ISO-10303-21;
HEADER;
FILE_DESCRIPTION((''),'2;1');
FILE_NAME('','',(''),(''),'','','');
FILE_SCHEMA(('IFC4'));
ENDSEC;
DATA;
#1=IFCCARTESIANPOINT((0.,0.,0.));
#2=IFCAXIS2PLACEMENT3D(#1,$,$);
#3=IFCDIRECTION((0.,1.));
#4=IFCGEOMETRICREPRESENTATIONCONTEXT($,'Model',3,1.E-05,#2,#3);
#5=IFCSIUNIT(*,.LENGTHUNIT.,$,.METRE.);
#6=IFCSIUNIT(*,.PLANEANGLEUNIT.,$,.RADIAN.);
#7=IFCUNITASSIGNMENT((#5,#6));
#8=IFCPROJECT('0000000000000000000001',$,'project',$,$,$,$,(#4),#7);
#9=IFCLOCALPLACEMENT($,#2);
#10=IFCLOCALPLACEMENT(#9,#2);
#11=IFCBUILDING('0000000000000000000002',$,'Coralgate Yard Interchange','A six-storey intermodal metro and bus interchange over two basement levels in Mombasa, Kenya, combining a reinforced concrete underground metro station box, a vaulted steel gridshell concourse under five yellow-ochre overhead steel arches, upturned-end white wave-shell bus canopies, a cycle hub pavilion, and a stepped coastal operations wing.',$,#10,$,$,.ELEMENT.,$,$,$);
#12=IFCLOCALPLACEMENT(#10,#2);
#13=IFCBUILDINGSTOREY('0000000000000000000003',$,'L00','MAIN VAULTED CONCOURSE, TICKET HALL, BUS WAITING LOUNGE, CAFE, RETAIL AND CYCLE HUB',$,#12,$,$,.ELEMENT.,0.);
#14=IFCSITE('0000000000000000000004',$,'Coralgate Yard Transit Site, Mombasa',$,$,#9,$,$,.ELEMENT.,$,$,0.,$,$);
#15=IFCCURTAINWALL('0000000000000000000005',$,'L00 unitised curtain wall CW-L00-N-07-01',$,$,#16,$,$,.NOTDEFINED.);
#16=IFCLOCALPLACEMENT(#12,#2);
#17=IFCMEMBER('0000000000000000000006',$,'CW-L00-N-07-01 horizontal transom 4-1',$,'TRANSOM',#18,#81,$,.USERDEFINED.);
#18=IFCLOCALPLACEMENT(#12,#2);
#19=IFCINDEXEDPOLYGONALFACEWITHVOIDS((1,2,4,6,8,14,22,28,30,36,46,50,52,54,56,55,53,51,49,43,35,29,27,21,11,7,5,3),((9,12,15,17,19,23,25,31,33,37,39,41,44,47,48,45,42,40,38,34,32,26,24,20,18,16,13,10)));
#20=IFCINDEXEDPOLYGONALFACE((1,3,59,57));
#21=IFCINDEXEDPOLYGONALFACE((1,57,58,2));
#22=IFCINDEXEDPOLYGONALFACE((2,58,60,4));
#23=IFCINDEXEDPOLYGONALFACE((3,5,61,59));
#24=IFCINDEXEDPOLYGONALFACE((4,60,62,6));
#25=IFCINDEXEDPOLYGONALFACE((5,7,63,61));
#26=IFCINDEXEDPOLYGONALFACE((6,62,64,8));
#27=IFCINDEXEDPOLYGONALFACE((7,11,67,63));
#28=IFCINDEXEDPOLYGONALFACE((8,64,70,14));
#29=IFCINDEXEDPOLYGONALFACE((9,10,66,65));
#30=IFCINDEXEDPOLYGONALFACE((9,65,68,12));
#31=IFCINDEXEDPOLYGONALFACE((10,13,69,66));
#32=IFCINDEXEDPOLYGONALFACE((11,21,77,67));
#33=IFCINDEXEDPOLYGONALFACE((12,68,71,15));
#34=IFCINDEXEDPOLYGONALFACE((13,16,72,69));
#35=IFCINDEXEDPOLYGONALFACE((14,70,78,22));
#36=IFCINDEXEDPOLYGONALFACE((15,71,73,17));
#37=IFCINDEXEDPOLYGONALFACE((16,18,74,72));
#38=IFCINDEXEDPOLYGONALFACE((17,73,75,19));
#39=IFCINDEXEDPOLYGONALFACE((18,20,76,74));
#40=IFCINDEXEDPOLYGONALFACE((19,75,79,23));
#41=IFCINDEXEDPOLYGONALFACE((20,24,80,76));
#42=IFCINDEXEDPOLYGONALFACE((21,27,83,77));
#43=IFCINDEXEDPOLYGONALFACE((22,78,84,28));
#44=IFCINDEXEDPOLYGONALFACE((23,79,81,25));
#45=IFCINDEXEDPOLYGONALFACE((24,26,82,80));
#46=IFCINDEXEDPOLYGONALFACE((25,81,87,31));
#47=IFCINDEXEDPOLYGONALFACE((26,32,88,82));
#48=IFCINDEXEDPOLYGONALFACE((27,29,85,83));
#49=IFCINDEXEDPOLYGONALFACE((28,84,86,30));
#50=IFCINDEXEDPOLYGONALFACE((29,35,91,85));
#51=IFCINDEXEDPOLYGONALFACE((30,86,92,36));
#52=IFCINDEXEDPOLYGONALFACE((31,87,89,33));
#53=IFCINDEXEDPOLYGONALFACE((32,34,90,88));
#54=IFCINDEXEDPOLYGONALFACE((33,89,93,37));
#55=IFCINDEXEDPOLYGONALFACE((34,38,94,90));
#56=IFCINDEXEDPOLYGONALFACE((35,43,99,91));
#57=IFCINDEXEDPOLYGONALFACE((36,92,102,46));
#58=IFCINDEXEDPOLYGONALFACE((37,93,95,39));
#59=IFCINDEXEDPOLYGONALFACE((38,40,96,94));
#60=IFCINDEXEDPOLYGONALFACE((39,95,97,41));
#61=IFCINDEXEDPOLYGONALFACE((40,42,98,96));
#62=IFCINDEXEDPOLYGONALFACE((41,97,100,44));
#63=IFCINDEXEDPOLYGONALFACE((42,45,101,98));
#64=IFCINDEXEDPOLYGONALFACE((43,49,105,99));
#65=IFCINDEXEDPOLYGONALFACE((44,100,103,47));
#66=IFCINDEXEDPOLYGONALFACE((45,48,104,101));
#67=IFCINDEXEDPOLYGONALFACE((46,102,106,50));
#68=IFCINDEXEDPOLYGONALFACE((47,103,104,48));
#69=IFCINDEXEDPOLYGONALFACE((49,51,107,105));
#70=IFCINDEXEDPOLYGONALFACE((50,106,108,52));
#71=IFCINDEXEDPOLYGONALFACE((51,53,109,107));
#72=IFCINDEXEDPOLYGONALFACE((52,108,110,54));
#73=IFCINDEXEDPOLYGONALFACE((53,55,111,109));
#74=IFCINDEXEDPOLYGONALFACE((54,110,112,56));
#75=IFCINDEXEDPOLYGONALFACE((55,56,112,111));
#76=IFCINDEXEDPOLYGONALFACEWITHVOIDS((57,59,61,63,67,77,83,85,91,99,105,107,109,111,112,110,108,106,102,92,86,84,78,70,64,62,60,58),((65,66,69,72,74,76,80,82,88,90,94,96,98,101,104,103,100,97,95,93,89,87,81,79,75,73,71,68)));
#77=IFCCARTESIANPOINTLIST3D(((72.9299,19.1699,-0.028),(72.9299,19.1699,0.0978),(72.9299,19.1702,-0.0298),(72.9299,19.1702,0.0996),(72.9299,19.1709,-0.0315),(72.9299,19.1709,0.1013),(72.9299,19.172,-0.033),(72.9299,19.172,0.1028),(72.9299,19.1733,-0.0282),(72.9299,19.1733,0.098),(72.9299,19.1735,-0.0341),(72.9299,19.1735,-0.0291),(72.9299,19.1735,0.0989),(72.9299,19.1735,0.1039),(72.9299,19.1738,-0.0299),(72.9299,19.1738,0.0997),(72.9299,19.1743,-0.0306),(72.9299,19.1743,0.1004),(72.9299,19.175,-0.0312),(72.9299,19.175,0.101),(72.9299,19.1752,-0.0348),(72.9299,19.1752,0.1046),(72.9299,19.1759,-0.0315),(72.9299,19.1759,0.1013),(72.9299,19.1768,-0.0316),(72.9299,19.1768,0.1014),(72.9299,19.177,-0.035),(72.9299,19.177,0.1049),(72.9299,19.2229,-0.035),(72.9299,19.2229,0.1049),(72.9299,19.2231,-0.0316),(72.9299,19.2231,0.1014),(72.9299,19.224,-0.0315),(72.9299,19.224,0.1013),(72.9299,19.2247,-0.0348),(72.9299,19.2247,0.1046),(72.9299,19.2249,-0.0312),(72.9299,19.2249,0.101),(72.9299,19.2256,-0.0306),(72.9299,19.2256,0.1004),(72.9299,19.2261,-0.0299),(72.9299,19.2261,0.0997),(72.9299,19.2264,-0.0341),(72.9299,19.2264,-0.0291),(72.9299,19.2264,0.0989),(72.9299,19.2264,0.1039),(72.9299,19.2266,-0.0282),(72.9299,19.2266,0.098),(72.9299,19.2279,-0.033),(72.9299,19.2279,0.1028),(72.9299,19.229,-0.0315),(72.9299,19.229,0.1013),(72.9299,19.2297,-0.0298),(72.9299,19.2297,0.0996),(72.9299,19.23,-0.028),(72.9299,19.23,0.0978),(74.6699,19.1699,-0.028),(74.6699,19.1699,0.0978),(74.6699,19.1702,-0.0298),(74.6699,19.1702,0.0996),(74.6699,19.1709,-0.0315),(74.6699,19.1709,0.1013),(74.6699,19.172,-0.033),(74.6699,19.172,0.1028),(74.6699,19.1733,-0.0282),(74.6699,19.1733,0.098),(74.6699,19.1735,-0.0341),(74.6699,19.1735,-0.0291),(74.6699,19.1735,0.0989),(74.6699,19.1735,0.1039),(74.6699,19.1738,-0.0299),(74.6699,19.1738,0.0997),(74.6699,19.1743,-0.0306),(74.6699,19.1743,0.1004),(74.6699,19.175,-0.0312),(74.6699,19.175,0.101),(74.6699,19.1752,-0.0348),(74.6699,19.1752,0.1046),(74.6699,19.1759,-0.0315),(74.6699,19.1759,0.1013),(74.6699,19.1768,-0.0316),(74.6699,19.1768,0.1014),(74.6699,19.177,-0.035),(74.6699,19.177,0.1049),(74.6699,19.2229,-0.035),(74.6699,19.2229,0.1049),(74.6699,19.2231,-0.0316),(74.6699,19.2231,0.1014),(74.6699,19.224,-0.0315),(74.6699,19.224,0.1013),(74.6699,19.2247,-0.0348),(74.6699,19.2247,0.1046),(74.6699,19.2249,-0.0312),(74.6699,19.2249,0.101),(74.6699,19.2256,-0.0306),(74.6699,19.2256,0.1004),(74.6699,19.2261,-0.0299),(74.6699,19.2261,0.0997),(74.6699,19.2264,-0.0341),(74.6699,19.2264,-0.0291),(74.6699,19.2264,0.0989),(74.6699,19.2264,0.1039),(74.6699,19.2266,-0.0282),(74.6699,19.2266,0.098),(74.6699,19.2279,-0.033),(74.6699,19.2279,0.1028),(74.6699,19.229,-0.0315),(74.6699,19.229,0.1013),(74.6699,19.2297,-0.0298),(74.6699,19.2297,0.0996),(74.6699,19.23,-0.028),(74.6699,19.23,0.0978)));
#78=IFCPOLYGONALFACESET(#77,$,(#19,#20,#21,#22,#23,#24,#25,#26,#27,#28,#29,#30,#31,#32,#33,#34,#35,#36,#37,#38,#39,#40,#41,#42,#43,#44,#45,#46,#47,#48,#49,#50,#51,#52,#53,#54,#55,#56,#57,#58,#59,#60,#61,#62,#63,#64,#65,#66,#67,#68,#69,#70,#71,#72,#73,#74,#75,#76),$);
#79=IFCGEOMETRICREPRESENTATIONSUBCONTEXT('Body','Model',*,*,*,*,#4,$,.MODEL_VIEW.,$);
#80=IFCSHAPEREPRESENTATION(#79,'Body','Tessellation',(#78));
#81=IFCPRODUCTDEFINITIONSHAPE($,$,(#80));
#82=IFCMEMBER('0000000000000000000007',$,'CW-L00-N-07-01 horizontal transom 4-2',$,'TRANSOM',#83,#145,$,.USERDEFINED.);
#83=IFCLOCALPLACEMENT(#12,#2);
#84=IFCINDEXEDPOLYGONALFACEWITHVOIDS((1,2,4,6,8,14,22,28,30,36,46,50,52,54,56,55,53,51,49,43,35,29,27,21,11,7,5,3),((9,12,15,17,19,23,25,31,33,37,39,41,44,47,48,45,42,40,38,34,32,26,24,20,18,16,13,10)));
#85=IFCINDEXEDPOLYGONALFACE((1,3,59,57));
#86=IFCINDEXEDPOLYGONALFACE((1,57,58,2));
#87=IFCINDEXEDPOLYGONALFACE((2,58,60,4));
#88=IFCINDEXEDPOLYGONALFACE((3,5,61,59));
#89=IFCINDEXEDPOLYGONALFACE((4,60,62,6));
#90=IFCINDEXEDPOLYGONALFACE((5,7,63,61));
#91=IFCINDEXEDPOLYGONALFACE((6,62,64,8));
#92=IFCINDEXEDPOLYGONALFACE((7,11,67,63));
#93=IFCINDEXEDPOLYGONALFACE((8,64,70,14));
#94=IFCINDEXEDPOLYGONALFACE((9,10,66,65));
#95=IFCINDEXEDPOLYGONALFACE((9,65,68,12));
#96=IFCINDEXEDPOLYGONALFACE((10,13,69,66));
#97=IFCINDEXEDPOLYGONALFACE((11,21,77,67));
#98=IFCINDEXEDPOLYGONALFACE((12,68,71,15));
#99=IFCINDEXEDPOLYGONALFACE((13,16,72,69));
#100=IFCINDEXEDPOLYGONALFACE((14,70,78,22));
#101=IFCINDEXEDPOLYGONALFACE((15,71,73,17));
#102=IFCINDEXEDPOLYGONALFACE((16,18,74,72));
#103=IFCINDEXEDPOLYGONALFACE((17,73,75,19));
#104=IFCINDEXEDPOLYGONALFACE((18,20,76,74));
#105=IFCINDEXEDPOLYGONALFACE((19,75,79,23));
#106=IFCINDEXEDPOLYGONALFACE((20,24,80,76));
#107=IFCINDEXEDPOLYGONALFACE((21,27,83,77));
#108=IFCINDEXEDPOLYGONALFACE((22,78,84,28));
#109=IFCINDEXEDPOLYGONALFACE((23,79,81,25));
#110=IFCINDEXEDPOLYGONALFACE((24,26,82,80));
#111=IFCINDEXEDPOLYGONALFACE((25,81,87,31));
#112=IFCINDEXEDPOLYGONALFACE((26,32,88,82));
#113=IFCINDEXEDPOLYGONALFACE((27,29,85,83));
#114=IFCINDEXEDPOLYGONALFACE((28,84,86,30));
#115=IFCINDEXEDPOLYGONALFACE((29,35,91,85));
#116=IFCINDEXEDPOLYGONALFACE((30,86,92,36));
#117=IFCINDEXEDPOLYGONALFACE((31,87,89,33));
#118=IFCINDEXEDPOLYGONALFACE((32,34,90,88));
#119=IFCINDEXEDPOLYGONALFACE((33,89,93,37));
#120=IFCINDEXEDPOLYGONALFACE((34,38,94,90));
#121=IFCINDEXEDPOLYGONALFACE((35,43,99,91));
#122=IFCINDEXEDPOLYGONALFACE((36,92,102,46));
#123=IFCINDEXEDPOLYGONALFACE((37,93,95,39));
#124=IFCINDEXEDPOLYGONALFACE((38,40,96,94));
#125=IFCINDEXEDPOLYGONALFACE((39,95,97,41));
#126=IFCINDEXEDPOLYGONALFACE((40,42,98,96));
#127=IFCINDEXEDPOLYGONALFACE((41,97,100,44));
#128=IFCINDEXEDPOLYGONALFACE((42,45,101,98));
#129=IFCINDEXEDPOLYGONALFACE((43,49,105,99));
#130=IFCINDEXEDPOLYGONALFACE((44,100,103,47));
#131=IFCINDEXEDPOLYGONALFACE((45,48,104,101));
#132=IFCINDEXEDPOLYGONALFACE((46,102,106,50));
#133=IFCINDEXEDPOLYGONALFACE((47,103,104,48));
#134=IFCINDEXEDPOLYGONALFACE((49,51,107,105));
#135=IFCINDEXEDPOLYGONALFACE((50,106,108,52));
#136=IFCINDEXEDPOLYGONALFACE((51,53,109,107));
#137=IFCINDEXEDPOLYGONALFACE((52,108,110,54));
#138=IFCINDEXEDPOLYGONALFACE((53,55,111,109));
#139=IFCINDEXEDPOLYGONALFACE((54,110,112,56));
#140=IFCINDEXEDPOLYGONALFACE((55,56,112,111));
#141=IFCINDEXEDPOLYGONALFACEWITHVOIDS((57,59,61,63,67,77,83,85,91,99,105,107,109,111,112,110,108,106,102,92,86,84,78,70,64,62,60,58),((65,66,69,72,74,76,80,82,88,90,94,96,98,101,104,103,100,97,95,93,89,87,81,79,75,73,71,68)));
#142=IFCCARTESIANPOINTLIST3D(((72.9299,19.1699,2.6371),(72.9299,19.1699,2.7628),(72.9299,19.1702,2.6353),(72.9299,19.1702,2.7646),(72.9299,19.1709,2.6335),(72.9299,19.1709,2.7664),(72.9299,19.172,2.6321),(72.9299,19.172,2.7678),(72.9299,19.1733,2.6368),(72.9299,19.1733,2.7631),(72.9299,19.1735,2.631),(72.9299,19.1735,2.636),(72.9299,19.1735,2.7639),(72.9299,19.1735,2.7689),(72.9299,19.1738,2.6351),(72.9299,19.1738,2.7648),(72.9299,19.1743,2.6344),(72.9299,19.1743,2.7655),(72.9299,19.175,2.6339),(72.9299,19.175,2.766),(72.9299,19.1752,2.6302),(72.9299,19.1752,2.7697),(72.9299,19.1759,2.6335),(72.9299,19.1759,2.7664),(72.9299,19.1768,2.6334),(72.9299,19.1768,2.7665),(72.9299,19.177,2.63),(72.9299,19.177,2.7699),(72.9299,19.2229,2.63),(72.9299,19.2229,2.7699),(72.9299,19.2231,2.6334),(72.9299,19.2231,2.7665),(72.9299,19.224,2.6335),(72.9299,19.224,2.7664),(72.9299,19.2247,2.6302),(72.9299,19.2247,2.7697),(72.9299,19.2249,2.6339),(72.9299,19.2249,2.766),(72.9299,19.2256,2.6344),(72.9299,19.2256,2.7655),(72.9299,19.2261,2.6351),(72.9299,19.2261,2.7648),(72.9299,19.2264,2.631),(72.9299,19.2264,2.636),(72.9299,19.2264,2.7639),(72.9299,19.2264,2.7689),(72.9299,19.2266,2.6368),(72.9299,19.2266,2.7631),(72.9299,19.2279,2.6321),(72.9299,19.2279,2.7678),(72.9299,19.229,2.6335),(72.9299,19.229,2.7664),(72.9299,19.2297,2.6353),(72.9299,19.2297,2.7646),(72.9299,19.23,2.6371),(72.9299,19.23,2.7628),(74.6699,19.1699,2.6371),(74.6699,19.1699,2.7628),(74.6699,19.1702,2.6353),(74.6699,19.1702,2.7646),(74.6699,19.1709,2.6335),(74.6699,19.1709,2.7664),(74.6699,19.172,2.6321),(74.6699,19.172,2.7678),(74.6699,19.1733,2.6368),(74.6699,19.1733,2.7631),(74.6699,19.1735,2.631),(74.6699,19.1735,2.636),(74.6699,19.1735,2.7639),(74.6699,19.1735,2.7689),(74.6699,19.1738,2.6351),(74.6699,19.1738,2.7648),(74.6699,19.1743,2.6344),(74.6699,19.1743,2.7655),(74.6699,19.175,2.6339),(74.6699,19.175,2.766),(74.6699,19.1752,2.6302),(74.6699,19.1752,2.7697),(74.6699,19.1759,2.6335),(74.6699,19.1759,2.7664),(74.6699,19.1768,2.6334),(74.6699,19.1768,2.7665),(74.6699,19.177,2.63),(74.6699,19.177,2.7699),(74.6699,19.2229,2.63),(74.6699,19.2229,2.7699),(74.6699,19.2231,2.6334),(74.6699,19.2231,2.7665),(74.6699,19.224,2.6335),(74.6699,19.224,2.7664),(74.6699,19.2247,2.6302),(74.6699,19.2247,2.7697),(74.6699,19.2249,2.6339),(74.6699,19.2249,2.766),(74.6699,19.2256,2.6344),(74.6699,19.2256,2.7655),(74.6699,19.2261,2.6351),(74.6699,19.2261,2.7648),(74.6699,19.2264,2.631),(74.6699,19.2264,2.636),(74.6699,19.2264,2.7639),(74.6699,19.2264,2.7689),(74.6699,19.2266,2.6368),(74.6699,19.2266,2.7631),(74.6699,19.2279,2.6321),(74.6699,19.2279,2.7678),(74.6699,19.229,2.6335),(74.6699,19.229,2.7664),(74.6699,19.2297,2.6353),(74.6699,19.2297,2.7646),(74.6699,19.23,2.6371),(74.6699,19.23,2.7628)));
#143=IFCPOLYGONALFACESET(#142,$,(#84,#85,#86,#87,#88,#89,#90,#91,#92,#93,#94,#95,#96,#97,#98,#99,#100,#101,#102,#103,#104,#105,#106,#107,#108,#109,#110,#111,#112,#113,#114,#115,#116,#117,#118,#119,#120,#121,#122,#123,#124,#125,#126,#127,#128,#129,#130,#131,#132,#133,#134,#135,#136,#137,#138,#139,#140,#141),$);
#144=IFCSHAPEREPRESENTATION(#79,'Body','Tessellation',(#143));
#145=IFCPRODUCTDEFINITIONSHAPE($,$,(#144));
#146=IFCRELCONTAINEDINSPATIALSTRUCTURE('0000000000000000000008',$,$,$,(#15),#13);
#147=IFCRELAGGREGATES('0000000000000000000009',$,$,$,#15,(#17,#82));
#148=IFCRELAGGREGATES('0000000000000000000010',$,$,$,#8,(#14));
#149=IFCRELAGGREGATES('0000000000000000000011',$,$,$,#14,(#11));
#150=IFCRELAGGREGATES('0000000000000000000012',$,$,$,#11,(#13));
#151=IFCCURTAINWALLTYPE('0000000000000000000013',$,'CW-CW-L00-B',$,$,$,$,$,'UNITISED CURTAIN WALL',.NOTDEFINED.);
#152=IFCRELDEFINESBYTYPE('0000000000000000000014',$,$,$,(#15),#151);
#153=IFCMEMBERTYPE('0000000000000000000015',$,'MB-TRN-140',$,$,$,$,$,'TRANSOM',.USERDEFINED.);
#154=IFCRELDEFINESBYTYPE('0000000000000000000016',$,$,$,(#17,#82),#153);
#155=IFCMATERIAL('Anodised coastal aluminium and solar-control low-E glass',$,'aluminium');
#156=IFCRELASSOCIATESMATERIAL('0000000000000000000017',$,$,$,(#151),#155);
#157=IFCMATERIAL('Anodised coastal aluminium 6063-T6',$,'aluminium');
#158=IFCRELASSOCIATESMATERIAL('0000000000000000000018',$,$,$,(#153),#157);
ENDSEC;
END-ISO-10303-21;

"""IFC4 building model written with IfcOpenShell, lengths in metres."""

from ifc_helpers import new_model, si_unit, direction, frame, origin, origin_2d, place, context, subcontext, project, spatial, hollow_rectangle, extrude, material, material_profile, profile_set, type_object, element, aggregate, save


model = new_model("IFC4")

# Units and contexts
model_context = context("Model", 3, precision=1e-05, world=origin(), true_north=direction((0.0, 1.0)))
body_context = subcontext(model_context, "Body", "Model", "MODEL_VIEW")
ifc_project = project(units=[si_unit("LENGTHUNIT", "METRE"), si_unit("PLANEANGLEUNIT", "RADIAN")], contexts=[model_context])

# Site, building, storey
site_placement = place(None, origin())
site = spatial("IfcSite", under=ifc_project, at=site_placement, Name="Coralgate Yard Transit Site, Mombasa", CompositionType="ELEMENT", RefElevation=0.0)
building_placement = place(site_placement, origin())
building = spatial("IfcBuilding", under=site, at=building_placement, Name="Coralgate Yard Interchange", Description="A six-storey intermodal metro and bus interchange over two basement levels in Mombasa, Kenya, combining a reinforced concrete underground metro station box, a vaulted steel gridshell concourse under five yellow-ochre overhead steel arches, upturned-end white wave-shell bus canopies, a cycle hub pavilion, and a stepped coastal operations wing.", CompositionType="ELEMENT")
storey_placement = place(building_placement, origin())
storey = spatial("IfcBuildingStorey", under=building, at=storey_placement, Name="L00", Description="MAIN VAULTED CONCOURSE, TICKET HALL, BUS WAITING LOUNGE, CAFE, RETAIL AND CYCLE HUB", CompositionType="ELEMENT", Elevation=0.0)

# Curtain wall
ifc_material_1 = material(Name="Anodised coastal aluminium and solar-control low-E glass", Category="aluminium")
curtain_wall_type = type_object("IfcCurtainWallType", Name="CW-CW-L00-B", ElementType="UNITISED CURTAIN WALL", PredefinedType="NOTDEFINED", material=ifc_material_1)
curtain_wall_1_placement = place(storey_placement, origin())
curtain_wall_1 = element("IfcCurtainWall", 1, at=curtain_wall_1_placement, inside=storey, type_object=curtain_wall_type, Name="L00 unitised curtain wall CW-L00-N-07-01", PredefinedType="NOTDEFINED")
ifc_material_2 = material(Name="Anodised coastal aluminium 6063-T6", Category="aluminium")

# Members
ifc_material_profile_1 = material_profile(ifc_material_2, hollow_rectangle(XDim=0.0601, YDim=0.1399, WallThickness=0.0034, InnerFilletRadius=0.0034, OuterFilletRadius=0.0071, at=origin_2d()), Name="ALU 60x140x3.5")
ifc_profile_set_1 = profile_set([ifc_material_profile_1], Name="Anodised coastal aluminium 6063-T6")
member_type_1 = type_object("IfcMemberType", Name="MB-TRN-140", ElementType="TRANSOM", PredefinedType="USERDEFINED", material=ifc_profile_set_1)
member_1_placement = place(storey_placement, frame((72.9299, 19.2, 0.0349), z_axis=(1.0, 0.0, 0.0), x_axis=(0.0, 1.0, 0.0)))
member_1 = element("IfcMember", 2, at=member_1_placement, type_object=member_type_1, Name="CW-L00-N-07-01 horizontal transom 4-1", ObjectType="TRANSOM", PredefinedType="USERDEFINED", context=body_context, shape_type="SweptSolid", body=[
    extrude(hollow_rectangle(XDim=0.0601, YDim=0.1399, WallThickness=0.0034, InnerFilletRadius=0.0034, OuterFilletRadius=0.0071, at=origin_2d()), origin(), (0.0, 0.0, 1.0), 1.74),
])
member_2_placement = place(storey_placement, frame((72.9299, 19.2, 2.7), z_axis=(1.0, 0.0, 0.0), x_axis=(0.0, 1.0, 0.0)))
member_2 = element("IfcMember", 3, at=member_2_placement, type_object=member_type_1, Name="CW-L00-N-07-01 horizontal transom 4-2", ObjectType="TRANSOM", PredefinedType="USERDEFINED", context=body_context, shape_type="SweptSolid", body=[
    extrude(hollow_rectangle(XDim=0.0601, YDim=0.1399, WallThickness=0.0034, InnerFilletRadius=0.0034, OuterFilletRadius=0.0071, at=origin_2d()), origin(), (0.0, 0.0, 1.0), 1.74),
])

aggregate(curtain_wall_1, [member_1, member_2])

save(model, "model.ifc")
